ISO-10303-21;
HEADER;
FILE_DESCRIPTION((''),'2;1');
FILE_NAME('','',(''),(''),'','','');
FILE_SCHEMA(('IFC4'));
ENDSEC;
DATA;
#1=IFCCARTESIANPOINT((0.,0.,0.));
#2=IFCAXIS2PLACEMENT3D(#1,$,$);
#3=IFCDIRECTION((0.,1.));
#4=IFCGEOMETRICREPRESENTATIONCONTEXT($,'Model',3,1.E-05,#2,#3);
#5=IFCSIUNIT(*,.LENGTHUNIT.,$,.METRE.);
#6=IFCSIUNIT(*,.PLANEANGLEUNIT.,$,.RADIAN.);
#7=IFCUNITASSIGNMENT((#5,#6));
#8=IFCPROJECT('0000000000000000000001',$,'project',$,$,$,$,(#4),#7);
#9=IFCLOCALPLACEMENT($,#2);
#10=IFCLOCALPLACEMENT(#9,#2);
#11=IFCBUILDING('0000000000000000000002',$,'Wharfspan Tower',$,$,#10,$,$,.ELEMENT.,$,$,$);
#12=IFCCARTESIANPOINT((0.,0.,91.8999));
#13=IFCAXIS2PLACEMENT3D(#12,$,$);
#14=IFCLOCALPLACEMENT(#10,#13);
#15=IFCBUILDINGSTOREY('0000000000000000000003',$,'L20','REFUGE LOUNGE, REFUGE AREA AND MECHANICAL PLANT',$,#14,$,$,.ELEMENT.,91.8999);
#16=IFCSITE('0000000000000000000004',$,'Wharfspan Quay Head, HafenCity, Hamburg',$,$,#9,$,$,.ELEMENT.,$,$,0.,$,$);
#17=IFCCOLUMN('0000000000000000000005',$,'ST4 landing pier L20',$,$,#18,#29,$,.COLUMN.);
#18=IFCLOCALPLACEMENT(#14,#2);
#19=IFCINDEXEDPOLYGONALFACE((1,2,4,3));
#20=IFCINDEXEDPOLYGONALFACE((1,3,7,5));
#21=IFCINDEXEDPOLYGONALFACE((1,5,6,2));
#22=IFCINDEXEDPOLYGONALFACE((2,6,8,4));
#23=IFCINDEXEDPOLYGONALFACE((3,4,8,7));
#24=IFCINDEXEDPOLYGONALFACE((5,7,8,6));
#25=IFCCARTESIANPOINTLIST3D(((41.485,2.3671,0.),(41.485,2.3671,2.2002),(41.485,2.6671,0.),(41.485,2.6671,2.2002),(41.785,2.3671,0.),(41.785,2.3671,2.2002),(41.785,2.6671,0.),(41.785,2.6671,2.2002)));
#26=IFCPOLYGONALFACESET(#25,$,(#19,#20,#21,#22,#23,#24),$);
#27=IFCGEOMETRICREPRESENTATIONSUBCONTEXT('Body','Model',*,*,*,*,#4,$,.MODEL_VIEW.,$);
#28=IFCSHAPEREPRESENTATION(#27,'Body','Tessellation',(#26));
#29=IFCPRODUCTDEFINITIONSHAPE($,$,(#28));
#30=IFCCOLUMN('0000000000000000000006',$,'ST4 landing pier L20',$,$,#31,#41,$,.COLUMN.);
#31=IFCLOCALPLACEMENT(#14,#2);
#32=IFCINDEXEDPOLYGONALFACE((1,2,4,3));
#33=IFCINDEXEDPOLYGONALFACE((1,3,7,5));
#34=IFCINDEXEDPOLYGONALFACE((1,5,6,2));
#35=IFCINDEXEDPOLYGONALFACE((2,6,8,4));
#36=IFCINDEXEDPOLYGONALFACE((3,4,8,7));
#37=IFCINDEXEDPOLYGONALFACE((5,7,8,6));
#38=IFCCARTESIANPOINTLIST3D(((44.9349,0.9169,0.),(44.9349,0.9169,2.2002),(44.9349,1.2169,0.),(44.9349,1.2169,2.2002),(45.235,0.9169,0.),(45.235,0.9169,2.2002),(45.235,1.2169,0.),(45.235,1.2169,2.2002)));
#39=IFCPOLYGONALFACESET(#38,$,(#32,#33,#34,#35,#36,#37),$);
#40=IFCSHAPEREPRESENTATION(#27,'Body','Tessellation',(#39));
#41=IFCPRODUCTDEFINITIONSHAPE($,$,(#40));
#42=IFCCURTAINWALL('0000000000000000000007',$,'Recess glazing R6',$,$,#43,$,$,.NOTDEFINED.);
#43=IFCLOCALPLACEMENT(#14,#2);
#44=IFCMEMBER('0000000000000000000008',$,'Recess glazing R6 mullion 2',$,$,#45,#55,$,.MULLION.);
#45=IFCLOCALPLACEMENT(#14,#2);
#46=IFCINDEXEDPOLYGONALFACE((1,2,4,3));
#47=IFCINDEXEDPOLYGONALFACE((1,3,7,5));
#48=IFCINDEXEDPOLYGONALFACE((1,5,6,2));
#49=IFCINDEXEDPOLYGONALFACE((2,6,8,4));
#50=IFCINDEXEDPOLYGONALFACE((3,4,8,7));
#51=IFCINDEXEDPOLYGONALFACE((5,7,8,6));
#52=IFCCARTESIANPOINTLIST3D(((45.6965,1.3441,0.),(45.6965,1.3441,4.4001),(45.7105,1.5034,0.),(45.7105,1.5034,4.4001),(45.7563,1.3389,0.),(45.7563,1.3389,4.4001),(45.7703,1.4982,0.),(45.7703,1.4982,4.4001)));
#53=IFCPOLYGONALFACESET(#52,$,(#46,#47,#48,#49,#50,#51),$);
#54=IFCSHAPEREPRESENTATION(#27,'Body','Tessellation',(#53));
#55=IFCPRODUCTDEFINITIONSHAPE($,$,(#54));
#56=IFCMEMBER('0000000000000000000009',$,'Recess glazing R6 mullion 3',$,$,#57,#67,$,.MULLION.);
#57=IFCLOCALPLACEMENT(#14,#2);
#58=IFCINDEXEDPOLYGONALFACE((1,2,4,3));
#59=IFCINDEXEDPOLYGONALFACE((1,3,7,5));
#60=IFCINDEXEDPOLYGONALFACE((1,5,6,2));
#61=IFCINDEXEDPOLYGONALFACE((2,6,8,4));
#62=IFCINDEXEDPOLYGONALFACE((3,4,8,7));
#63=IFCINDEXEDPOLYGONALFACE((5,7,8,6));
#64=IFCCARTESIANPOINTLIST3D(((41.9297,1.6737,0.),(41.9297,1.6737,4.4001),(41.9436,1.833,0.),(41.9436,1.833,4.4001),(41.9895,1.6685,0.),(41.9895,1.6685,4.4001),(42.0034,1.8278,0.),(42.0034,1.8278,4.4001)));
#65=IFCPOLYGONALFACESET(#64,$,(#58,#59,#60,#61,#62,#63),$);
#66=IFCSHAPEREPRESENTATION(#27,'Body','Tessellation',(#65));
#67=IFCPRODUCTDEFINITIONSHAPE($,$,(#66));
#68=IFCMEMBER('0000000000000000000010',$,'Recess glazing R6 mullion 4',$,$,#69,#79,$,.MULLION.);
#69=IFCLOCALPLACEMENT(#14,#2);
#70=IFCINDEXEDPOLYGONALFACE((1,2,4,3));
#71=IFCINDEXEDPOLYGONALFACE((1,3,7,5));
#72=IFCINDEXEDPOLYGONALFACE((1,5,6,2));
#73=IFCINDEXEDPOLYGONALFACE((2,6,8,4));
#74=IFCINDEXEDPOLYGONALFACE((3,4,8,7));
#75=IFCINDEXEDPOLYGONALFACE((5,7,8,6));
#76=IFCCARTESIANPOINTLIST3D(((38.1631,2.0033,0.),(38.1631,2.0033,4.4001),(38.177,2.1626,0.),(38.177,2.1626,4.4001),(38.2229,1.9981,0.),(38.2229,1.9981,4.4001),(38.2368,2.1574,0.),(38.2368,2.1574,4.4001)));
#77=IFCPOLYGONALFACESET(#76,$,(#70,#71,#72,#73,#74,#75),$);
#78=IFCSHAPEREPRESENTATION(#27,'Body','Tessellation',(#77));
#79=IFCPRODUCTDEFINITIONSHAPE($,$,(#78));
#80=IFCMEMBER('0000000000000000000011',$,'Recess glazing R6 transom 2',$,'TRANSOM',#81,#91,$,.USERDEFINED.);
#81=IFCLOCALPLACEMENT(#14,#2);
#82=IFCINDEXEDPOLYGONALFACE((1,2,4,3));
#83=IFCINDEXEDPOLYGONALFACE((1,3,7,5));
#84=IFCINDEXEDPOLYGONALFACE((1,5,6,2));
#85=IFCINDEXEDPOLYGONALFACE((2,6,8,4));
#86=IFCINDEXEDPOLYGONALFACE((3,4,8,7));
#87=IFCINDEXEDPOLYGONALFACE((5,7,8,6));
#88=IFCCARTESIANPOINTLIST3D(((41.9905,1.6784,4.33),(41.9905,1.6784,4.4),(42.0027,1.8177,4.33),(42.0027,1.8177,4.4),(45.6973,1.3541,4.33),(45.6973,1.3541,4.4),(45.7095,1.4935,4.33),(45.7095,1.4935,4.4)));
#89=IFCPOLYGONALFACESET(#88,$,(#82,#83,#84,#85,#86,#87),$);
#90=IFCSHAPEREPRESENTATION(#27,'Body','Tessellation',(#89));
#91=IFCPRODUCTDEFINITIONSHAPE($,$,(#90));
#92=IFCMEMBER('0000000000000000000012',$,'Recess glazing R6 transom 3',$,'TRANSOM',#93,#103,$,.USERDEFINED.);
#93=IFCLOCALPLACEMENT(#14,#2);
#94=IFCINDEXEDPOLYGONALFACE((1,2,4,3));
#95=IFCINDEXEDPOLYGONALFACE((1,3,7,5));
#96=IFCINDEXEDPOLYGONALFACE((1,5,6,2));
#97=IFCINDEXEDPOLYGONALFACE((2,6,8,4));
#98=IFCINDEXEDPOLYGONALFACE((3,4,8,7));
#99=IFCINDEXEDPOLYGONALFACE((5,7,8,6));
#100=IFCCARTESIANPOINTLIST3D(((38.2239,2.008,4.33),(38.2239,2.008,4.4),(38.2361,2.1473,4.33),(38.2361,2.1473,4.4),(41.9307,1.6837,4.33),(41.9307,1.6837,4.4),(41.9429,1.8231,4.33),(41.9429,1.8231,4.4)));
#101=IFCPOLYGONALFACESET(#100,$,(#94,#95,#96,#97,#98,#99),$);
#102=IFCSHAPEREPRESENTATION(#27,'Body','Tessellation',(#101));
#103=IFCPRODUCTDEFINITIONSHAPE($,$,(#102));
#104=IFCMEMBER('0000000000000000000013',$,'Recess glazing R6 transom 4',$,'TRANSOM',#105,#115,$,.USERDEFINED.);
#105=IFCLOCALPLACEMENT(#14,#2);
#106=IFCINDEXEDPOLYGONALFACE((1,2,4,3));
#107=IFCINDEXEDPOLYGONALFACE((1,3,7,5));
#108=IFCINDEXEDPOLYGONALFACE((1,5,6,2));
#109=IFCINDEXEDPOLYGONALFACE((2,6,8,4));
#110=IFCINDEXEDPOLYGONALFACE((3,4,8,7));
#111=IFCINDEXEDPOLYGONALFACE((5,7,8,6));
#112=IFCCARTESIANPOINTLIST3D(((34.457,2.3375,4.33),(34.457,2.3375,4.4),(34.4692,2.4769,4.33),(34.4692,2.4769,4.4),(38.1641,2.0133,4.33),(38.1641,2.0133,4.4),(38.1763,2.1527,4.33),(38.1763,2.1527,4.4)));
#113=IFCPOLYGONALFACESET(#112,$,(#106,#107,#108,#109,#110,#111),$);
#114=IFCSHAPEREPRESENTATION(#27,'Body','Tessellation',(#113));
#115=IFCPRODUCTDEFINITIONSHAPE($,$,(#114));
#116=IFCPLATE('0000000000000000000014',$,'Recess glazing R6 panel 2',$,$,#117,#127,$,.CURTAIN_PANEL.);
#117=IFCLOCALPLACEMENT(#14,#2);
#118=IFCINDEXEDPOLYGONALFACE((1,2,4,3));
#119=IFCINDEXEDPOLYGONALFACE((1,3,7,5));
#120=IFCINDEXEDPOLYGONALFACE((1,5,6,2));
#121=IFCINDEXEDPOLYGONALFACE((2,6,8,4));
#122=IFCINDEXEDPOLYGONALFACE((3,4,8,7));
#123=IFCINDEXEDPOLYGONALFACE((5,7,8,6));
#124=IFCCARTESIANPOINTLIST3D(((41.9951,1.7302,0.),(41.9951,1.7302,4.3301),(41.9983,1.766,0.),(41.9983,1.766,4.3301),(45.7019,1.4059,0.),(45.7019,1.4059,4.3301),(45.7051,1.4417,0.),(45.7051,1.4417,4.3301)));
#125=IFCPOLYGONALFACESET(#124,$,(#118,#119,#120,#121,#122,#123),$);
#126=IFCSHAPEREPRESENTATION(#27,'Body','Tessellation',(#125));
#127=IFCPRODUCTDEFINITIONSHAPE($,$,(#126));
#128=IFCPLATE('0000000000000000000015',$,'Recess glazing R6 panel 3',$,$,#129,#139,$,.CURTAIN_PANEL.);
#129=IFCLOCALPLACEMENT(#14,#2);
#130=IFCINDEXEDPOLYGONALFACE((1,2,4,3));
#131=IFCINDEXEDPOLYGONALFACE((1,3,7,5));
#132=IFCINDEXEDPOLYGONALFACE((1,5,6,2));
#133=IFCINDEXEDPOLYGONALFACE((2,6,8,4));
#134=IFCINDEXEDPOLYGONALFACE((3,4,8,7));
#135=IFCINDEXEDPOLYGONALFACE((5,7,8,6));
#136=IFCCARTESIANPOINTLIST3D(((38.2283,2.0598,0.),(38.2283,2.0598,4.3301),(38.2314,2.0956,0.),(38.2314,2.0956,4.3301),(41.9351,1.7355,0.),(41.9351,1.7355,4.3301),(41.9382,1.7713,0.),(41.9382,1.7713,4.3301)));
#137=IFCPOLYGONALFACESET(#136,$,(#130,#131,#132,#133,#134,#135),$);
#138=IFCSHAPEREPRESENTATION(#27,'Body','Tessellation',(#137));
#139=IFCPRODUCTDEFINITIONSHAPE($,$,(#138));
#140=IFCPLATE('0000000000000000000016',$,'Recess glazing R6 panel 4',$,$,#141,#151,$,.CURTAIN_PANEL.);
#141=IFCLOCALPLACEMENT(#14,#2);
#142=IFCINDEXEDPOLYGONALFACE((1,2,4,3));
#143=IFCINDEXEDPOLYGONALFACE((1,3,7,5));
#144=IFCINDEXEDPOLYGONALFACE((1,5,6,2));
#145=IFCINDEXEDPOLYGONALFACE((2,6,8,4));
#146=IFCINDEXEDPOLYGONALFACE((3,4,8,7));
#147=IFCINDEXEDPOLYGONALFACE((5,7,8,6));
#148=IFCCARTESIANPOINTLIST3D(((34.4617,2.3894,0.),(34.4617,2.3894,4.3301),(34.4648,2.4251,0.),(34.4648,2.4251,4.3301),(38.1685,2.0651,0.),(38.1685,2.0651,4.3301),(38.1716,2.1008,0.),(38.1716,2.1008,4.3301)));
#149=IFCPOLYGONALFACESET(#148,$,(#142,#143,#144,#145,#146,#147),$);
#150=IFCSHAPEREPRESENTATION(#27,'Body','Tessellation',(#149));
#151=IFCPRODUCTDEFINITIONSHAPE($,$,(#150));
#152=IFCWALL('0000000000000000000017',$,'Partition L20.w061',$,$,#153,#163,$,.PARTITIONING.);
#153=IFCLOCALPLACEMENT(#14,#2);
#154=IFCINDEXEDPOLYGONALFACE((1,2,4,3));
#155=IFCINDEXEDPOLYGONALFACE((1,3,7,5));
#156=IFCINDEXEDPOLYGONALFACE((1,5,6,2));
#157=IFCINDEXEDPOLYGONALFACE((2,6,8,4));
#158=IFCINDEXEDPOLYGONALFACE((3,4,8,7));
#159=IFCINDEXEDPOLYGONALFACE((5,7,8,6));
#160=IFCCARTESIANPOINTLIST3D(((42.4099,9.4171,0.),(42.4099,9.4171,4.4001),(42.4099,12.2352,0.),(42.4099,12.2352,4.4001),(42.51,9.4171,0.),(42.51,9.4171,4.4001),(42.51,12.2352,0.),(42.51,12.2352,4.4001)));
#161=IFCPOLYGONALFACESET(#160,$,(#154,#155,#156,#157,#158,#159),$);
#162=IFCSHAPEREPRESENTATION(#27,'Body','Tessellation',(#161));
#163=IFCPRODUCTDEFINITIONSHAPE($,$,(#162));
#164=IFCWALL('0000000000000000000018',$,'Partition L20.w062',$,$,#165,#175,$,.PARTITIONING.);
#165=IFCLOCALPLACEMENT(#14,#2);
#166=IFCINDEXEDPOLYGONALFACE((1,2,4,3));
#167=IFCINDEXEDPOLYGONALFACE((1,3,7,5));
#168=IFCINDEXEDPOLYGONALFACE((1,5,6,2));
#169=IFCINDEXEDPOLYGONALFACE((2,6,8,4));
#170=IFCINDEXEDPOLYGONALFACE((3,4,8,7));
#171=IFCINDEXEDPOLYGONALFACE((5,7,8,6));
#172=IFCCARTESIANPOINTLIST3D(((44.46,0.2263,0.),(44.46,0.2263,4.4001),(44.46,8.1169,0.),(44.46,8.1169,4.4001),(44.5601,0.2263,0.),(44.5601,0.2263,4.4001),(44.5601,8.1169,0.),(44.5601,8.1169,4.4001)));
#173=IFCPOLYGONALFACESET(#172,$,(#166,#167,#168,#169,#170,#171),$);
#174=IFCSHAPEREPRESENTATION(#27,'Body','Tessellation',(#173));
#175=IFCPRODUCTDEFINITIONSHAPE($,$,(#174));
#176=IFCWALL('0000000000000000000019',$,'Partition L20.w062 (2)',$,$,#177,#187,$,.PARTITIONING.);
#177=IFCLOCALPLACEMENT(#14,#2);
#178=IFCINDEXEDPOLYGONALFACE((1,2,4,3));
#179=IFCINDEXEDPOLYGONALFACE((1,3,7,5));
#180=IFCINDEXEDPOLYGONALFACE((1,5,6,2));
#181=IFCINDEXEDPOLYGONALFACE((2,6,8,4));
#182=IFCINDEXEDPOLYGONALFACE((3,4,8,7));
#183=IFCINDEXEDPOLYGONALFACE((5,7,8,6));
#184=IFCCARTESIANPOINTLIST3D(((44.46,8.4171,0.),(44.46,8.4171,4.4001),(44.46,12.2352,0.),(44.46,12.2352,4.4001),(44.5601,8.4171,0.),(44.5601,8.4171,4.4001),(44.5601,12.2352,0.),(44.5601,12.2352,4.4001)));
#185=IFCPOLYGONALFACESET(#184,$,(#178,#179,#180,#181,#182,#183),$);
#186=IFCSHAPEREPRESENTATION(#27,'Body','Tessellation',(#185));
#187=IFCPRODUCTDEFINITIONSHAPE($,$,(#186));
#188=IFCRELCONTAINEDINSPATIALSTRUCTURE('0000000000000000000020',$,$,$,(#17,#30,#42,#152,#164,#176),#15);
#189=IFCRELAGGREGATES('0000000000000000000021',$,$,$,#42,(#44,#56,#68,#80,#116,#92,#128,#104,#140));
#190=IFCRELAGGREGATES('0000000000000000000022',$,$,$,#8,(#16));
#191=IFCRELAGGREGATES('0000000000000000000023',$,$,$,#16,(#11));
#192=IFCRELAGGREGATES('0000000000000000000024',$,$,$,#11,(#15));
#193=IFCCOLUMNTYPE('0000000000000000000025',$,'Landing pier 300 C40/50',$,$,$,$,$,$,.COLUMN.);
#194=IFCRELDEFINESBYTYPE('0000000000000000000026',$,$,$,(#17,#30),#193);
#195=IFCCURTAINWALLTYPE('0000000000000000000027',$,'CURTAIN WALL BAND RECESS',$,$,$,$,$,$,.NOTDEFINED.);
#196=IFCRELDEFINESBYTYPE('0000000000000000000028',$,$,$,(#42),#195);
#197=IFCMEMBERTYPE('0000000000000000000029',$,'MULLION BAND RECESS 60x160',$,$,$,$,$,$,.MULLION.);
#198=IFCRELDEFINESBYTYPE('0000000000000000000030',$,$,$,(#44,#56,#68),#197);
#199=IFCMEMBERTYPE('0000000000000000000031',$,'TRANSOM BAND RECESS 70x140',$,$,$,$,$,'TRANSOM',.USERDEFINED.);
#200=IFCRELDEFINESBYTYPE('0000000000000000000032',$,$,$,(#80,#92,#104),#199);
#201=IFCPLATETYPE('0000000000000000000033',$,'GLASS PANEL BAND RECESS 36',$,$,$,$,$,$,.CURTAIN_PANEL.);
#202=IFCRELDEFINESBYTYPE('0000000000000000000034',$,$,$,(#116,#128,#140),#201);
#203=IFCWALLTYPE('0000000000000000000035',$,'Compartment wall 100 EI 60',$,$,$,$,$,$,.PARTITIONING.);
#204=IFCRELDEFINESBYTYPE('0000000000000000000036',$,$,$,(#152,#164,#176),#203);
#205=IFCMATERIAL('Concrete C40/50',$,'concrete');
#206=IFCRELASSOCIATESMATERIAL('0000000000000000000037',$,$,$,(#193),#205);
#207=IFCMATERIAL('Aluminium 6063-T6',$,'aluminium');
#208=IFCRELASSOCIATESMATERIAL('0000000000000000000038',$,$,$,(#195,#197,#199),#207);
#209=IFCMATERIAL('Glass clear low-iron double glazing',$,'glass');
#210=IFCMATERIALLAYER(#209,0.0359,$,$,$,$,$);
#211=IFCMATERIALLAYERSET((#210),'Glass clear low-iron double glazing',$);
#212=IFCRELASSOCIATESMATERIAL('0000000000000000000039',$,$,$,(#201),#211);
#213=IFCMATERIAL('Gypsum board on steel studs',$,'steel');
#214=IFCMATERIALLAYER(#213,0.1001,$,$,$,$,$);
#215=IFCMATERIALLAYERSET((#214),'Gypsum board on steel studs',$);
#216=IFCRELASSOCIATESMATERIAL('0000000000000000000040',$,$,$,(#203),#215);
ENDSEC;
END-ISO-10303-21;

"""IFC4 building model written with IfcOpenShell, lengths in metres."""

from ifc_helpers import new_model, si_unit, direction, frame, frame_2d, origin, origin_2d, place, context, subcontext, project, spatial, rectangle, extrude, material, layer, layer_set, material_profile, profile_set, type_object, element, aggregate, save


model = new_model("IFC4")

# Units and contexts
model_context = context("Model", 3, precision=1e-05, world=origin(), true_north=direction((0.0, 1.0)))
body_context = subcontext(model_context, "Body", "Model", "MODEL_VIEW")
ifc_project = project(units=[si_unit("LENGTHUNIT", "METRE"), si_unit("PLANEANGLEUNIT", "RADIAN")], contexts=[model_context])

# Site, building, storey
site_placement = place(None, origin())
site = spatial("IfcSite", under=ifc_project, at=site_placement, Name="Wharfspan Quay Head, HafenCity, Hamburg", CompositionType="ELEMENT", RefElevation=0.0)
building_placement = place(site_placement, origin())
building = spatial("IfcBuilding", under=site, at=building_placement, Name="Wharfspan Tower", CompositionType="ELEMENT")
storey_placement = place(building_placement, frame((0.0, 0.0, 91.8999)))
storey = spatial("IfcBuildingStorey", under=building, at=storey_placement, Name="L20", Description="REFUGE LOUNGE, REFUGE AREA AND MECHANICAL PLANT", CompositionType="ELEMENT", Elevation=91.8999)

# Columns
ifc_material_1 = material(Name="Concrete C40/50", Category="concrete")
ifc_material_profile_1 = material_profile(ifc_material_1, rectangle(XDim=0.3, YDim=0.3, at=origin_2d()))
ifc_profile_set_1 = profile_set([ifc_material_profile_1], Name="Concrete C40/50")
column_type = type_object("IfcColumnType", Name="Landing pier 300 C40/50", PredefinedType="COLUMN", material=ifc_profile_set_1)
for number, where, z_axis, x_axis, name in (
    (1, (41.635, 2.5171, 0.0), (0.0, 0.0, 1.0), (1.0, 0.0, 0.0), "ST4 landing pier L20"),
    (2, (45.085, 1.0669, 0.0), (0.0, 0.0, 1.0), (1.0, 0.0, 0.0), "ST4 landing pier L20"),
):
    element("IfcColumn", number, at=place(storey_placement, frame(where, z_axis=z_axis, x_axis=x_axis)), inside=storey, type_object=column_type, Name=name, PredefinedType="COLUMN", context=body_context, shape_type="SweptSolid", body=[
        extrude(rectangle(XDim=0.3, YDim=0.3, at=origin_2d()), origin(), (0.0, 0.0, 1.0), 2.2002),
    ])

# Curtain wall, members, plates
ifc_material_2 = material(Name="Aluminium 6063-T6", Category="aluminium")
curtain_wall_type = type_object("IfcCurtainWallType", Name="CURTAIN WALL BAND RECESS", PredefinedType="NOTDEFINED", material=ifc_material_2)
curtain_wall_placement = place(storey_placement, origin())
curtain_wall = element("IfcCurtainWall", 3, at=curtain_wall_placement, inside=storey, type_object=curtain_wall_type, Name="Recess glazing R6", PredefinedType="NOTDEFINED")
ifc_material_profile_2 = material_profile(ifc_material_2, rectangle(XDim=0.1599, YDim=0.0601, at=origin_2d()))
ifc_profile_set_2 = profile_set([ifc_material_profile_2], Name="Aluminium 6063-T6")
member_type_1 = type_object("IfcMemberType", Name="MULLION BAND RECESS 60x160", PredefinedType="MULLION", material=ifc_profile_set_2)
member_1_placement = place(storey_placement, frame((45.7334, 1.4211, 0.0), z_axis=(0.0, 0.0, 1.0), x_axis=(-0.087156, -0.996198, 0.0)))
member_1 = element("IfcMember", 4, at=member_1_placement, type_object=member_type_1, Name="Recess glazing R6 mullion 2", PredefinedType="MULLION", context=body_context, shape_type="SweptSolid", body=[
    extrude(rectangle(XDim=0.1599, YDim=0.0601, at=origin_2d()), origin(), (0.0, 0.0, 1.0), 4.4001),
])
member_2_placement = place(storey_placement, frame((41.9666, 1.7507, 0.0), z_axis=(0.0, 0.0, 1.0), x_axis=(-0.087156, -0.996198, 0.0)))
member_2 = element("IfcMember", 5, at=member_2_placement, type_object=member_type_1, Name="Recess glazing R6 mullion 3", PredefinedType="MULLION", context=body_context, shape_type="SweptSolid", body=[
    extrude(rectangle(XDim=0.1599, YDim=0.0601, at=origin_2d()), origin(), (0.0, 0.0, 1.0), 4.4001),
])
member_3_placement = place(storey_placement, frame((38.2, 2.0803, 0.0), z_axis=(0.0, 0.0, 1.0), x_axis=(-0.087156, -0.996198, 0.0)))
member_3 = element("IfcMember", 6, at=member_3_placement, type_object=member_type_1, Name="Recess glazing R6 mullion 4", PredefinedType="MULLION", context=body_context, shape_type="SweptSolid", body=[
    extrude(rectangle(XDim=0.1599, YDim=0.0601, at=origin_2d()), origin(), (0.0, 0.0, 1.0), 4.4001),
])
ifc_material_profile_3 = material_profile(ifc_material_2, rectangle(XDim=0.1399, YDim=0.0701, at=origin_2d()))
ifc_profile_set_3 = profile_set([ifc_material_profile_3], Name="Aluminium 6063-T6")
member_type_2 = type_object("IfcMemberType", Name="TRANSOM BAND RECESS 70x140", ElementType="TRANSOM", PredefinedType="USERDEFINED", material=ifc_profile_set_3)
member_4_placement = place(storey_placement, frame((45.7034, 1.4238, 4.365), z_axis=(-0.996197, 0.087134, 0.0), x_axis=(-0.087134, -0.996197, 0.0)))
member_4 = element("IfcMember", 7, at=member_4_placement, type_object=member_type_2, Name="Recess glazing R6 transom 2", ObjectType="TRANSOM", PredefinedType="USERDEFINED", context=body_context, shape_type="SweptSolid", body=[
    extrude(rectangle(XDim=0.1399, YDim=0.0701, at=origin_2d()), origin(), (0.0, 0.0, 1.0), 3.7209),
])
member_5_placement = place(storey_placement, frame((41.9368, 1.7534, 4.365), z_axis=(-0.996197, 0.087134, 0.0), x_axis=(-0.087134, -0.996197, 0.0)))
member_5 = element("IfcMember", 8, at=member_5_placement, type_object=member_type_2, Name="Recess glazing R6 transom 3", ObjectType="TRANSOM", PredefinedType="USERDEFINED", context=body_context, shape_type="SweptSolid", body=[
    extrude(rectangle(XDim=0.1399, YDim=0.0701, at=origin_2d()), origin(), (0.0, 0.0, 1.0), 3.7209),
])
member_6_placement = place(storey_placement, frame((38.1702, 2.083, 4.365), z_axis=(-0.996197, 0.087128, 0.0), x_axis=(-0.087128, -0.996197, 0.0)))
member_6 = element("IfcMember", 9, at=member_6_placement, type_object=member_type_2, Name="Recess glazing R6 transom 4", ObjectType="TRANSOM", PredefinedType="USERDEFINED", context=body_context, shape_type="SweptSolid", body=[
    extrude(rectangle(XDim=0.1399, YDim=0.0701, at=origin_2d()), origin(), (0.0, 0.0, 1.0), 3.7212),
])
ifc_material_3 = material(Name="Glass clear low-iron double glazing", Category="glass")
ifc_layer_1 = layer(ifc_material_3, 0.0359)
ifc_layer_set_1 = layer_set([ifc_layer_1], Name="Glass clear low-iron double glazing")
plate_type = type_object("IfcPlateType", Name="GLASS PANEL BAND RECESS 36", PredefinedType="CURTAIN_PANEL", material=ifc_layer_set_1)
plate_1_placement = place(storey_placement, frame((43.8501, 1.5859, 0.0), z_axis=(0.0, 0.0, 1.0), x_axis=(-0.996198, 0.087156, 0.0)))
plate_1 = element("IfcPlate", 10, at=plate_1_placement, type_object=plate_type, Name="Recess glazing R6 panel 2", PredefinedType="CURTAIN_PANEL", context=body_context, shape_type="SweptSolid", body=[
    extrude(rectangle(XDim=3.7209, YDim=0.0359, at=origin_2d()), origin(), (0.0, 0.0, 1.0), 4.3301),
])
plate_2_placement = place(storey_placement, frame((40.0833, 1.9155, 0.0), z_axis=(0.0, 0.0, 1.0), x_axis=(-0.996198, 0.087156, 0.0)))
plate_2 = element("IfcPlate", 11, at=plate_2_placement, type_object=plate_type, Name="Recess glazing R6 panel 3", PredefinedType="CURTAIN_PANEL", context=body_context, shape_type="SweptSolid", body=[
    extrude(rectangle(XDim=3.7209, YDim=0.0359, at=origin_2d()), origin(), (0.0, 0.0, 1.0), 4.3301),
])
plate_3_placement = place(storey_placement, frame((36.3167, 2.2451, 0.0), z_axis=(0.0, 0.0, 1.0), x_axis=(-0.996198, 0.087156, 0.0)))
plate_3 = element("IfcPlate", 12, at=plate_3_placement, type_object=plate_type, Name="Recess glazing R6 panel 4", PredefinedType="CURTAIN_PANEL", context=body_context, shape_type="SweptSolid", body=[
    extrude(rectangle(XDim=3.7209, YDim=0.0359, at=origin_2d()), origin(), (0.0, 0.0, 1.0), 4.3301),
])
aggregate(curtain_wall, [member_1, member_2, member_3, member_4, plate_1, member_5, plate_2, member_6, plate_3])

# Walls
ifc_material_4 = material(Name="Gypsum board on steel studs", Category="steel")
ifc_layer_2 = layer(ifc_material_4, 0.1001)
ifc_layer_set_2 = layer_set([ifc_layer_2], Name="Gypsum board on steel studs")
wall_type_1 = type_object("IfcWallType", Name="Compartment wall 100 EI 60", PredefinedType="PARTITIONING", material=ifc_layer_set_2)
wall_1_placement = place(storey_placement, frame((42.46, 9.417, 0.0), z_axis=(0.0, 0.0, 1.0), x_axis=(0.0, 1.0, 0.0)))
element("IfcWall", 13, at=wall_1_placement, inside=storey, type_object=wall_type_1, Name="Partition L20.w061", PredefinedType="PARTITIONING", context=body_context, shape_type="SweptSolid", body=[
    extrude(rectangle(XDim=2.8181, YDim=0.1001, at=frame_2d((1.4092, 0.0))), origin(), (0.0, 0.0, 1.0), 4.4001),
])
wall_2_placement = place(storey_placement, frame((44.51, 0.2263, 0.0), z_axis=(0.0, 0.0, 1.0), x_axis=(0.0, 1.0, 0.0)))
element("IfcWall", 14, at=wall_2_placement, inside=storey, type_object=wall_type_1, Name="Partition L20.w062", PredefinedType="PARTITIONING", context=body_context, shape_type="SweptSolid", body=[
    extrude(rectangle(XDim=7.8906, YDim=0.1001, at=frame_2d((3.9453, 0.0))), origin(), (0.0, 0.0, 1.0), 4.4001),
])
wall_3_placement = place(storey_placement, frame((44.51, 8.417, 0.0), z_axis=(0.0, 0.0, 1.0), x_axis=(0.0, 1.0, 0.0)))
element("IfcWall", 15, at=wall_3_placement, inside=storey, type_object=wall_type_1, Name="Partition L20.w062 (2)", PredefinedType="PARTITIONING", context=body_context, shape_type="SweptSolid", body=[
    extrude(rectangle(XDim=3.8181, YDim=0.1001, at=frame_2d((1.9092, 0.0))), origin(), (0.0, 0.0, 1.0), 4.4001),
])

save(model, "model.ifc")
